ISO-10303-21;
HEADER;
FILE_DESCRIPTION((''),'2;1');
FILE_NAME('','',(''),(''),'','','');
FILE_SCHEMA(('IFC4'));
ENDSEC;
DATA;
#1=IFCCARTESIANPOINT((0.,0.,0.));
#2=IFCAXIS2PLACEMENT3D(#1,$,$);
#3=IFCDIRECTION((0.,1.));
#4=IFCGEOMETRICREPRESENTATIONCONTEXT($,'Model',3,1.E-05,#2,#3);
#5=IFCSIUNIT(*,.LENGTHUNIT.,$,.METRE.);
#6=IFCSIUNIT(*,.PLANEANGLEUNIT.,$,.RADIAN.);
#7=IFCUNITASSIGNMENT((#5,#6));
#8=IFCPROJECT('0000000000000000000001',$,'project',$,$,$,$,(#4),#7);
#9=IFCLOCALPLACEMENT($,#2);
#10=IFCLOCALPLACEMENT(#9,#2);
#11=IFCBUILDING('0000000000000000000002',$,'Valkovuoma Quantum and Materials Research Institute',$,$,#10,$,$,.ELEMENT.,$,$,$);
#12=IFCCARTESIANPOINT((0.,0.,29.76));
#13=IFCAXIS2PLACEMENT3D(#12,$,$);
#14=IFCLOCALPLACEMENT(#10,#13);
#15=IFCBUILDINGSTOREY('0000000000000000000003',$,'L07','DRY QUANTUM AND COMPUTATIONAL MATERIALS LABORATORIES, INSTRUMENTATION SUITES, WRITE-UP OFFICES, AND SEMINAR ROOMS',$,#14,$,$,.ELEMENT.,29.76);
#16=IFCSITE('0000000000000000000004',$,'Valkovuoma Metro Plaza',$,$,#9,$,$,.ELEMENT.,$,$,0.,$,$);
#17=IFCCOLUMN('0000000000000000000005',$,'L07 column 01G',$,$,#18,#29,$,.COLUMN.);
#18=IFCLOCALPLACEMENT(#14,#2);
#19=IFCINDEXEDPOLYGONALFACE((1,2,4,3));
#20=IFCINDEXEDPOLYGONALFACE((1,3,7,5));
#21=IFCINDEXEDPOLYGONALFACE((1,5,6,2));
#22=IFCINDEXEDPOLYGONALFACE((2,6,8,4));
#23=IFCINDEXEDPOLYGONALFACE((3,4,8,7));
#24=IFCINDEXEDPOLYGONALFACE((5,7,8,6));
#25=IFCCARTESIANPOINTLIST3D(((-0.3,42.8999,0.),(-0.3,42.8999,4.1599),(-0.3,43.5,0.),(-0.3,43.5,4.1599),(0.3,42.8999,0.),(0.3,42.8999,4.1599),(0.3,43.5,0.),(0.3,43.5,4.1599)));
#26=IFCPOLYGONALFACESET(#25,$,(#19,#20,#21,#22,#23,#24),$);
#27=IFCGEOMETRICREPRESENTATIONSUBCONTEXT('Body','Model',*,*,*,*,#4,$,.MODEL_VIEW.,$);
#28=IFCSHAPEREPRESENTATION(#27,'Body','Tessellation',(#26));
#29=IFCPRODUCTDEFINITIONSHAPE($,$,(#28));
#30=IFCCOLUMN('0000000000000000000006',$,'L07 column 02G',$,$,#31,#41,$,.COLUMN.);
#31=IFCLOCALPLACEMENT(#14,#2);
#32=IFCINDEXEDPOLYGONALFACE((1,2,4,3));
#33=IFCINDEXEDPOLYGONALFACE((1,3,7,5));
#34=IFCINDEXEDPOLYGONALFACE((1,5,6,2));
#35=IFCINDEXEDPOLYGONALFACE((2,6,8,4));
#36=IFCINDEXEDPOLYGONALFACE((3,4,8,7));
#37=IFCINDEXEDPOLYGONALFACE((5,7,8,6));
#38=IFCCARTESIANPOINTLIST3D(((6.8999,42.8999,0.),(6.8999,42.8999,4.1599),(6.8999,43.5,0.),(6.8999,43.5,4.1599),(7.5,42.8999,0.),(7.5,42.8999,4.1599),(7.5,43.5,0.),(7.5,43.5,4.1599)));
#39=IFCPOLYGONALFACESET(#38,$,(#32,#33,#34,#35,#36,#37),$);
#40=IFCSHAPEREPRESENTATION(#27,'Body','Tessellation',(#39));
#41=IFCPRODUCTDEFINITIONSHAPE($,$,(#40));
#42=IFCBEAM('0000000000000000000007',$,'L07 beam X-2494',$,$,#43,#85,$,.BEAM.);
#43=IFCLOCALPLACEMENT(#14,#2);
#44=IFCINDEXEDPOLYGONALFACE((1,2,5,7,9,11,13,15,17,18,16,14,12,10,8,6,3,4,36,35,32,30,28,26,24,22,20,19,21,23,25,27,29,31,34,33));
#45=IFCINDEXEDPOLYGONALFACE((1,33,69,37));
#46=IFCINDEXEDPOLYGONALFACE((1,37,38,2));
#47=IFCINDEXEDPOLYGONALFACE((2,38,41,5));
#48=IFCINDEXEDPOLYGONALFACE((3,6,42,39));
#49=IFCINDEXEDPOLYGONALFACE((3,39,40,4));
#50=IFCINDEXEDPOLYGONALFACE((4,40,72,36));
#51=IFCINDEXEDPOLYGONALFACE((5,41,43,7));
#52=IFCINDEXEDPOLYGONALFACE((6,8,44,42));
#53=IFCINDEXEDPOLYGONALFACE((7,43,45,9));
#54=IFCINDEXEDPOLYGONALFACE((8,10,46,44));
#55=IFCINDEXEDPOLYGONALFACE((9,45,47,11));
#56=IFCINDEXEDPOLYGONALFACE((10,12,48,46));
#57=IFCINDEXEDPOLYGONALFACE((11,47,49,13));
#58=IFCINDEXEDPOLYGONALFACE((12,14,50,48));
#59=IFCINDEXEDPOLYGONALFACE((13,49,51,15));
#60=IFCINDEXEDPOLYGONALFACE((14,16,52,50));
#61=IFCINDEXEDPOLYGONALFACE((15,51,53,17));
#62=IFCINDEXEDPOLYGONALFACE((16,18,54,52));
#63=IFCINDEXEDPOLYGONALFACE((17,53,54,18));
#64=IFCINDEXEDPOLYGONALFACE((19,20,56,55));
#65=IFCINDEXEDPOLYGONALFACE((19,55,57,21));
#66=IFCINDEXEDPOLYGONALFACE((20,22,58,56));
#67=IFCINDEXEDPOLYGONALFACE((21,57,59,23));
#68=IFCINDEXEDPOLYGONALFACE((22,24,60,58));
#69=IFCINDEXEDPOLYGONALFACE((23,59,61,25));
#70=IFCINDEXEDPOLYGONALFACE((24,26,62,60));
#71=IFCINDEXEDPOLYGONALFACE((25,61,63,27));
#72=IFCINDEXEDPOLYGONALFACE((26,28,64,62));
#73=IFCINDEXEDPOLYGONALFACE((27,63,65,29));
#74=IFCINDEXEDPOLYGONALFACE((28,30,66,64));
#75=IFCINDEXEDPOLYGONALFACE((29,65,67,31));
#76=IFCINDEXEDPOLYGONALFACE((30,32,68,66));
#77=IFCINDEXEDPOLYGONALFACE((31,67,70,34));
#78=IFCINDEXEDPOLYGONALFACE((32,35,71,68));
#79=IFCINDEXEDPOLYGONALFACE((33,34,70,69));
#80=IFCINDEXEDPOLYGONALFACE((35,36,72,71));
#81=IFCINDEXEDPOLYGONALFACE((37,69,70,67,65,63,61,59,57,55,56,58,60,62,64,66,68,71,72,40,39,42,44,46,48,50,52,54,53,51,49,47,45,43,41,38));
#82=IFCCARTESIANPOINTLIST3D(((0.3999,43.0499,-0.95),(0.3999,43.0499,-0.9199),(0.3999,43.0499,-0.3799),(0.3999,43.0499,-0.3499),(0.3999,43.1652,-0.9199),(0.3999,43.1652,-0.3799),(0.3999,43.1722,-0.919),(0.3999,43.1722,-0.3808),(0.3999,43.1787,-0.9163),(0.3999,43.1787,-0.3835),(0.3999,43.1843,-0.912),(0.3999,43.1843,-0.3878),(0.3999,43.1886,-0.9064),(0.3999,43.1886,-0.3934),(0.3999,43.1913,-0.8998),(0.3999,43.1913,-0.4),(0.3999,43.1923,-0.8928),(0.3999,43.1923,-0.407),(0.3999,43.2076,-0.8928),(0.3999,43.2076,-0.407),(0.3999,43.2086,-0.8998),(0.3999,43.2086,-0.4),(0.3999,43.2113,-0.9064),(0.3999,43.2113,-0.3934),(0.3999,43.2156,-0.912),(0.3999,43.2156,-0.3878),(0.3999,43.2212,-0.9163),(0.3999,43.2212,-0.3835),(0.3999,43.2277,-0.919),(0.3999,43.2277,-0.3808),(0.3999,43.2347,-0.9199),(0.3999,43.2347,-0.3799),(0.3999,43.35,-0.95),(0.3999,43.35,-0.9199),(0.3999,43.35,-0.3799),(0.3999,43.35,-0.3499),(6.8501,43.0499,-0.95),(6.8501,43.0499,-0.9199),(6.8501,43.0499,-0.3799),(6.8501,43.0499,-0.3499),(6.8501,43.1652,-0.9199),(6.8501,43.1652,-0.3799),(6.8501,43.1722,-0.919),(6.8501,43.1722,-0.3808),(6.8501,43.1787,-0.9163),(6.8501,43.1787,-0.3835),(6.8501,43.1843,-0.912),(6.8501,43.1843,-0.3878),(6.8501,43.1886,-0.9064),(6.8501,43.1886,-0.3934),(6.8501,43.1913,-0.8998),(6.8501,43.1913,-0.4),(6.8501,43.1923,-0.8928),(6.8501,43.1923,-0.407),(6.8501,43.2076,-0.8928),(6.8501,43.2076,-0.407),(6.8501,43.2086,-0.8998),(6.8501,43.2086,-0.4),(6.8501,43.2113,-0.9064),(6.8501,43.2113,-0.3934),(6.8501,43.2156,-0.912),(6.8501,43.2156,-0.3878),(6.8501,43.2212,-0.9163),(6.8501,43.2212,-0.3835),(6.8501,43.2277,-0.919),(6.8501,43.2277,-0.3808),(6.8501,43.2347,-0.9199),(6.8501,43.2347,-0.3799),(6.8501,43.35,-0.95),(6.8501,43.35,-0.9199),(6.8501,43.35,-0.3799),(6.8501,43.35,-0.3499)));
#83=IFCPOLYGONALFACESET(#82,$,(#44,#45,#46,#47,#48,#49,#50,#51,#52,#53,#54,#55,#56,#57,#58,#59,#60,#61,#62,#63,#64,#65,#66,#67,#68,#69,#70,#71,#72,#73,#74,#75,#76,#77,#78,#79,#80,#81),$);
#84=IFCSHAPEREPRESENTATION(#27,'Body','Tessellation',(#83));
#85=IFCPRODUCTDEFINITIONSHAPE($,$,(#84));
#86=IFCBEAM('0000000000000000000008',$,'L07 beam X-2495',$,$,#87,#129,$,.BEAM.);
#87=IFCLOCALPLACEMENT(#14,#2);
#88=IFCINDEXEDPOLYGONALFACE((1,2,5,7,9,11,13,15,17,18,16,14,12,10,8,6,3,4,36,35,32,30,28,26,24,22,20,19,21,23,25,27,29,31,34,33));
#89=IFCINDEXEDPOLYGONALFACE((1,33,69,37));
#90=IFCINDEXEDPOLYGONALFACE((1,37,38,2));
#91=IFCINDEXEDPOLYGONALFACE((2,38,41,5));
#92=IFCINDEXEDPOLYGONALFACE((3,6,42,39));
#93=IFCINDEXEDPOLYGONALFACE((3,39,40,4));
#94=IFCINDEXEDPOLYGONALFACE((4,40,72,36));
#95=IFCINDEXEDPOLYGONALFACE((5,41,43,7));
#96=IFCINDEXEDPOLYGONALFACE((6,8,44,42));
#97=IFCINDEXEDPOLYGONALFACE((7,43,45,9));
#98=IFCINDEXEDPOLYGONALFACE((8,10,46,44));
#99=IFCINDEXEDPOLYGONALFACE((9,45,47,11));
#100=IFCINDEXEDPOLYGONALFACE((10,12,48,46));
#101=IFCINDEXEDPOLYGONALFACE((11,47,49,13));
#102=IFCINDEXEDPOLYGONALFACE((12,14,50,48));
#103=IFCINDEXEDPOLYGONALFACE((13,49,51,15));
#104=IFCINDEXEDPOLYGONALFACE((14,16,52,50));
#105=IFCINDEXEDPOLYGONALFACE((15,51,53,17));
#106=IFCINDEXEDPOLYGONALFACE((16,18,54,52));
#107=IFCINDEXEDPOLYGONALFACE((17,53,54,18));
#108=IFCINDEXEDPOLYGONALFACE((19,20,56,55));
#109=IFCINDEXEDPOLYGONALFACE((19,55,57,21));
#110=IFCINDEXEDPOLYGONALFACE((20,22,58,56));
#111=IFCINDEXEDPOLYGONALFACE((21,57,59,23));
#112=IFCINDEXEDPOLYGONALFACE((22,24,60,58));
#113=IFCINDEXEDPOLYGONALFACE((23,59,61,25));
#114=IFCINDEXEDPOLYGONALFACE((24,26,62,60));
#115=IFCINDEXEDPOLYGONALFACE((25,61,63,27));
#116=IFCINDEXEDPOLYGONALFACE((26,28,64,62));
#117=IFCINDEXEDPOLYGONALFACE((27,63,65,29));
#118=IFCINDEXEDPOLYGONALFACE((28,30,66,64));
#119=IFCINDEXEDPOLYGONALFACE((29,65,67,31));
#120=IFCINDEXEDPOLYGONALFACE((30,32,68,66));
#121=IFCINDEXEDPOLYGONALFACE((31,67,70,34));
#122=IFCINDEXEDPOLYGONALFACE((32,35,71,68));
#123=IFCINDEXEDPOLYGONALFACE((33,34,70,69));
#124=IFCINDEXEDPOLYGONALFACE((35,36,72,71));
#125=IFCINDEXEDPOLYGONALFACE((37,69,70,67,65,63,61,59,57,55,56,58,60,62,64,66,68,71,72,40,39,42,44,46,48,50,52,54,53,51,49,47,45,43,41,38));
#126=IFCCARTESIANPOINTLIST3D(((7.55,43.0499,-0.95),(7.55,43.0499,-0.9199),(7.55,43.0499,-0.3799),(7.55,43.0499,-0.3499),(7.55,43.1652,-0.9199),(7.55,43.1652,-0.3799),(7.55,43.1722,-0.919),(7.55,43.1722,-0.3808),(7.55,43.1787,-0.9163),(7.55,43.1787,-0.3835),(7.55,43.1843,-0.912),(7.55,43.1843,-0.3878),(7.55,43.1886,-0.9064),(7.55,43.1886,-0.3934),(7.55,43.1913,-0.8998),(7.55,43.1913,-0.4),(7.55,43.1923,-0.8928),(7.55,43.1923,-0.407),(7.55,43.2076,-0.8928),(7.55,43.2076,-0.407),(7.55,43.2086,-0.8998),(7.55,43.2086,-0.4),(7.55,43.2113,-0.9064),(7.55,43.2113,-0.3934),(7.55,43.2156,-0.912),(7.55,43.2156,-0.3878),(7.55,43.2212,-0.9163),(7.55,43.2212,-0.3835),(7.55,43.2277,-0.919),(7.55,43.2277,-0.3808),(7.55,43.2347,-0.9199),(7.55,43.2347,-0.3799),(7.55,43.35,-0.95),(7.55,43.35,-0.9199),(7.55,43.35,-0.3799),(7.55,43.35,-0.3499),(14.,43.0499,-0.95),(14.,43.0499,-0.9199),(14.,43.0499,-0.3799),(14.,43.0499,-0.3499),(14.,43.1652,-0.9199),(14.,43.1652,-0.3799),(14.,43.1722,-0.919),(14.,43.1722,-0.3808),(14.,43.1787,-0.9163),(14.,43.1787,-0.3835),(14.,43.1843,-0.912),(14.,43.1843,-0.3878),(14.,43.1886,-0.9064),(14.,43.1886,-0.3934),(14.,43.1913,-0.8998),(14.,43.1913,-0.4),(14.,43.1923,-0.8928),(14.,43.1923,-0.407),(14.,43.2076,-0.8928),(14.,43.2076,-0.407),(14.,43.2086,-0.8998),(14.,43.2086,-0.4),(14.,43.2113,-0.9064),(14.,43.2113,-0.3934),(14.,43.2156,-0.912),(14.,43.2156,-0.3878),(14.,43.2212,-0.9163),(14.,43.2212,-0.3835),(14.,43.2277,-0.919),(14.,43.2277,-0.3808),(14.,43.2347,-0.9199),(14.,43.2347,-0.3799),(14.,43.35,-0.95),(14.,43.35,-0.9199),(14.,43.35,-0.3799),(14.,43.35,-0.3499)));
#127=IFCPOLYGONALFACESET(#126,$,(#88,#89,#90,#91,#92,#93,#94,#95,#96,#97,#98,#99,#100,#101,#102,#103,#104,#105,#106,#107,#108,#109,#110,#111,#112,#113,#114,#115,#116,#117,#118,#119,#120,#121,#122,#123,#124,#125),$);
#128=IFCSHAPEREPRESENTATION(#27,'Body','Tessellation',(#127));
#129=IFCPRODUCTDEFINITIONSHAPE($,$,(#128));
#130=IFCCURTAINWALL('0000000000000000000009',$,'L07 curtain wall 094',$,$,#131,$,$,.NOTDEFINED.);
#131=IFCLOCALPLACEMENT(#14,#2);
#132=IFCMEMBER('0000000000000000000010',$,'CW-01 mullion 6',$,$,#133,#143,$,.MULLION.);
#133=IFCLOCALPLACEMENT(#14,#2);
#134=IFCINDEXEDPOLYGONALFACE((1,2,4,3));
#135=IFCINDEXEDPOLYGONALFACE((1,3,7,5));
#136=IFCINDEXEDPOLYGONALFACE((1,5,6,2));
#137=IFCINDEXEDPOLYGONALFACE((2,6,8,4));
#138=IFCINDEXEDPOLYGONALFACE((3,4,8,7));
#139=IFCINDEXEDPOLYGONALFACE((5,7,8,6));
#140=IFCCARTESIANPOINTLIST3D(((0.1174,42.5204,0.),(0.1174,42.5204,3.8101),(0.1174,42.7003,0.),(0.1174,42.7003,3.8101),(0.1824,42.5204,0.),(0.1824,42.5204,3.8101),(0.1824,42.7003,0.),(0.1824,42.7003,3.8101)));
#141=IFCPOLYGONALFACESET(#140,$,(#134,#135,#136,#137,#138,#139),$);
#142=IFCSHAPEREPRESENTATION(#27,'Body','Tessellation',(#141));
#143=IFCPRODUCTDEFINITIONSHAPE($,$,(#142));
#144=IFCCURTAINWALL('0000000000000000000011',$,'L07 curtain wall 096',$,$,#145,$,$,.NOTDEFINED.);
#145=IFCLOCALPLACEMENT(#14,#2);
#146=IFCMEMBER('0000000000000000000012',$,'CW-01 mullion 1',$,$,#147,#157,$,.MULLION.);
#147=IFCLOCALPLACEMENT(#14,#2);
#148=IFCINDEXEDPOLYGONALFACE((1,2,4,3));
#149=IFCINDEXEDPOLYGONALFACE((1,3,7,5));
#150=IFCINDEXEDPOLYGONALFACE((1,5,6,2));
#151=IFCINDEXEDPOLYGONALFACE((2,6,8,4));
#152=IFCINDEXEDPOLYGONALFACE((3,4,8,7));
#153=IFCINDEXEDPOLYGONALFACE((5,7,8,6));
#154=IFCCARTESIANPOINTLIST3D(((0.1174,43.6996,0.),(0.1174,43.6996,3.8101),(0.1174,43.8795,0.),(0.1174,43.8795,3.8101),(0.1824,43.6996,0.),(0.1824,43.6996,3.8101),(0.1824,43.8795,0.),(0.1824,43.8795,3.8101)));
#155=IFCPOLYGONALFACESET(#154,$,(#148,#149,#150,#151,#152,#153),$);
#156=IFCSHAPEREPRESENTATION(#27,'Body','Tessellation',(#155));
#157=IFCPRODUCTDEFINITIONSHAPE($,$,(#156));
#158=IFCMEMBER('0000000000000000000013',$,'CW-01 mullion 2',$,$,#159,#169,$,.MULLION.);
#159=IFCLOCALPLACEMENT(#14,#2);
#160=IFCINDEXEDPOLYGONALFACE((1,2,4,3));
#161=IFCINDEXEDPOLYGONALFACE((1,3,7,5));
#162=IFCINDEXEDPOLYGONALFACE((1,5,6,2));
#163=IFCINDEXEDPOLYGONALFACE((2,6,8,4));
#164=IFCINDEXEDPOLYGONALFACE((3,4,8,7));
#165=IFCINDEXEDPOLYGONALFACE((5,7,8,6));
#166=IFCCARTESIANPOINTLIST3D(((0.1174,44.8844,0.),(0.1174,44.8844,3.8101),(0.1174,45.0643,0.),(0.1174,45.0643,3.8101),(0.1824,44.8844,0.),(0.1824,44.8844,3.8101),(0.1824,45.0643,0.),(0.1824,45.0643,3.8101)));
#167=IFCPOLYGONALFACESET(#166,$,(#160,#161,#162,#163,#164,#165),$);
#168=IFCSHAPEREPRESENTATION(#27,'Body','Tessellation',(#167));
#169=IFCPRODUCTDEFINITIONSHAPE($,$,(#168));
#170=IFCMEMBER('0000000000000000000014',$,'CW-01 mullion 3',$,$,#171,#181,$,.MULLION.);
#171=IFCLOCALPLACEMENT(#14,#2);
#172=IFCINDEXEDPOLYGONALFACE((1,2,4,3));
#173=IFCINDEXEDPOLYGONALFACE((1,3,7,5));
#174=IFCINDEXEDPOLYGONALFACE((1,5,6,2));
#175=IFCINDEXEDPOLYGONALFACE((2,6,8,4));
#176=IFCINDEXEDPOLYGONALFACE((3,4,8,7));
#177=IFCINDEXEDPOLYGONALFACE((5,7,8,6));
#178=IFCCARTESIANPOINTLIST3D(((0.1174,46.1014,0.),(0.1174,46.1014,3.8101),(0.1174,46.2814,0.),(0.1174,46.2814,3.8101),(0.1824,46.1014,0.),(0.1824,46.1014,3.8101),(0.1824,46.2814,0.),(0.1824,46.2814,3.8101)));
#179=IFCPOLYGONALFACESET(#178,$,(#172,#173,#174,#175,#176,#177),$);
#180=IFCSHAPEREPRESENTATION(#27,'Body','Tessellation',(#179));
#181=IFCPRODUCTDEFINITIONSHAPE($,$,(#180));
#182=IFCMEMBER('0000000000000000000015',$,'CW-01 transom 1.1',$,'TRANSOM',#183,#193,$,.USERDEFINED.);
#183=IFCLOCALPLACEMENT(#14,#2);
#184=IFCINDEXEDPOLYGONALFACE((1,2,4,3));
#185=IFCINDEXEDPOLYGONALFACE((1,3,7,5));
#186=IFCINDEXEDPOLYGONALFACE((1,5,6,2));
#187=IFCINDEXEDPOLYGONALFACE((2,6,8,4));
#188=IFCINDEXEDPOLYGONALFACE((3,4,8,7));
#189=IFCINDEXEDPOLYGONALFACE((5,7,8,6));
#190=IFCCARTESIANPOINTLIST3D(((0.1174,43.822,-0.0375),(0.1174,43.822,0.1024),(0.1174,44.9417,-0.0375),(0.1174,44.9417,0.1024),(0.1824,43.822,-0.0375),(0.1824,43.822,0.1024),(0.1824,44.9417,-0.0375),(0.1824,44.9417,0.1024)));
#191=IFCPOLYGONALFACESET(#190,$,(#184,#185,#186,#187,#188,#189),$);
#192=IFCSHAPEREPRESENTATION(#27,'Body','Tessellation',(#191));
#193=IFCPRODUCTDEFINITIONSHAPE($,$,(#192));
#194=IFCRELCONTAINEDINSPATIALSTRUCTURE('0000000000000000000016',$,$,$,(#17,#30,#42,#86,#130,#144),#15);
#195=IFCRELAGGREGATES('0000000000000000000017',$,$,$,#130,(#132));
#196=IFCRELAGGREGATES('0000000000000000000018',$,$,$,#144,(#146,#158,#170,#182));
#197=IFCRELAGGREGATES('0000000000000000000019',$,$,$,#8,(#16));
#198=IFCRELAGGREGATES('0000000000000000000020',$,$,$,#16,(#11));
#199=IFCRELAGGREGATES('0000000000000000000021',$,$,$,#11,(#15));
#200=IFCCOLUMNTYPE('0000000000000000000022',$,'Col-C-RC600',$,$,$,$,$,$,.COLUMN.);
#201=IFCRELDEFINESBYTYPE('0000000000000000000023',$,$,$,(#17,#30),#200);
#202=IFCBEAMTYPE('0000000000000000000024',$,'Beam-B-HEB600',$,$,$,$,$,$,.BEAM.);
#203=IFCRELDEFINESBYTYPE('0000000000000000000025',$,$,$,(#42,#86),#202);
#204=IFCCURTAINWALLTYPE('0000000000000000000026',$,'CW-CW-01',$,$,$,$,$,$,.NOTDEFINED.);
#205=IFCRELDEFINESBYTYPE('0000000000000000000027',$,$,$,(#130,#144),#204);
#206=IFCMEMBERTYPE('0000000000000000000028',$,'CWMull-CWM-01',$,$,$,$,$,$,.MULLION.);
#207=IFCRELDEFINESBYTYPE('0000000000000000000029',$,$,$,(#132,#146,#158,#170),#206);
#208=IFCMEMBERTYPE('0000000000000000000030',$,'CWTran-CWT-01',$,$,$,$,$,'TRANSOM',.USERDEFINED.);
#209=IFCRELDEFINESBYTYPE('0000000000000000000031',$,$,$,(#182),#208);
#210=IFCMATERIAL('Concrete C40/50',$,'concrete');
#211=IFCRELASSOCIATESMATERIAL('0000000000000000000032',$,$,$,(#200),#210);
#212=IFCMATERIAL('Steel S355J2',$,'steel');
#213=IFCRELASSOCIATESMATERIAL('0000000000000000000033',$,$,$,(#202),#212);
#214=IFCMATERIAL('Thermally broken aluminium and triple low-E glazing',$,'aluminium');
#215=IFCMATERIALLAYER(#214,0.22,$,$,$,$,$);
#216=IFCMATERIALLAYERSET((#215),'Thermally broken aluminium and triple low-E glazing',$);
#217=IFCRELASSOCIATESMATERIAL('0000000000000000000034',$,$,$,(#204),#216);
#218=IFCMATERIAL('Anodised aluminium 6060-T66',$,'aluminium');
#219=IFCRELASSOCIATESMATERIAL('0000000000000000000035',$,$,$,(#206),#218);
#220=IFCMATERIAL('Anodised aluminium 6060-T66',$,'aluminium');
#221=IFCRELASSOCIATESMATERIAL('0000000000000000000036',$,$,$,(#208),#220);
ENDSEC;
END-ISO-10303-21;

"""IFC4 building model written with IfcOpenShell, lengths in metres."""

from ifc_helpers import new_model, si_unit, direction, frame, origin, origin_2d, place, context, subcontext, project, spatial, rectangle, i_section, extrude, material, layer, layer_set, material_profile, profile_set, type_object, element, aggregate, save


model = new_model("IFC4")

# Units and contexts
model_context = context("Model", 3, precision=1e-05, world=origin(), true_north=direction((0.0, 1.0)))
body_context = subcontext(model_context, "Body", "Model", "MODEL_VIEW")
ifc_project = project(units=[si_unit("LENGTHUNIT", "METRE"), si_unit("PLANEANGLEUNIT", "RADIAN")], contexts=[model_context])

# Site, building, storey
site_placement = place(None, origin())
site = spatial("IfcSite", under=ifc_project, at=site_placement, Name="Valkovuoma Metro Plaza", CompositionType="ELEMENT", RefElevation=0.0)
building_placement = place(site_placement, origin())
building = spatial("IfcBuilding", under=site, at=building_placement, Name="Valkovuoma Quantum and Materials Research Institute", CompositionType="ELEMENT")
storey_placement = place(building_placement, frame((0.0, 0.0, 29.76)))
storey = spatial("IfcBuildingStorey", under=building, at=storey_placement, Name="L07", Description="DRY QUANTUM AND COMPUTATIONAL MATERIALS LABORATORIES, INSTRUMENTATION SUITES, WRITE-UP OFFICES, AND SEMINAR ROOMS", CompositionType="ELEMENT", Elevation=29.76)

# Columns
ifc_material_1 = material(Name="Concrete C40/50", Category="concrete")
ifc_material_profile_1 = material_profile(ifc_material_1, rectangle(XDim=0.6001, YDim=0.6001, at=origin_2d()), Name="Concrete C40/50")
ifc_profile_set_1 = profile_set([ifc_material_profile_1], Name="Concrete C40/50")
column_type = type_object("IfcColumnType", Name="Col-C-RC600", PredefinedType="COLUMN", material=ifc_profile_set_1)
for number, where, z_axis, x_axis, name in (
    (1, (0.0, 43.2, 0.0), (0.0, 0.0, 1.0), (1.0, 0.0, 0.0), "L07 column 01G"),
    (2, (7.2, 43.2, 0.0), (0.0, 0.0, 1.0), (1.0, 0.0, 0.0), "L07 column 02G"),
):
    element("IfcColumn", number, at=place(storey_placement, frame(where, z_axis=z_axis, x_axis=x_axis)), inside=storey, type_object=column_type, Name=name, PredefinedType="COLUMN", context=body_context, shape_type="SweptSolid", body=[
        extrude(rectangle(XDim=0.6001, YDim=0.6001, at=origin_2d()), origin(), (0.0, 0.0, 1.0), 4.1599),
    ])

# Beams
ifc_material_2 = material(Name="Steel S355J2", Category="steel")
ifc_material_profile_2 = material_profile(ifc_material_2, i_section(OverallWidth=0.3, OverallDepth=0.6001, WebThickness=0.0154, FlangeThickness=0.03, FilletRadius=0.0271, at=origin_2d()), Name="Steel S355J2")
ifc_profile_set_2 = profile_set([ifc_material_profile_2], Name="Steel S355J2")
beam_type = type_object("IfcBeamType", Name="Beam-B-HEB600", PredefinedType="BEAM", material=ifc_profile_set_2)
beam_1_placement = place(storey_placement, frame((0.3999, 43.2, -0.6499), z_axis=(1.0, 0.0, 0.0), x_axis=(0.0, 1.0, 0.0)))
element("IfcBeam", 3, at=beam_1_placement, inside=storey, type_object=beam_type, Name="L07 beam X-2494", PredefinedType="BEAM", context=body_context, shape_type="SweptSolid", body=[
    extrude(i_section(OverallWidth=0.3, OverallDepth=0.6001, WebThickness=0.0154, FlangeThickness=0.03, FilletRadius=0.0271, at=origin_2d()), origin(), (0.0, 0.0, 1.0), 6.4502),
])
beam_2_placement = place(storey_placement, frame((7.55, 43.2, -0.6499), z_axis=(1.0, 0.0, 0.0), x_axis=(0.0, 1.0, 0.0)))
element("IfcBeam", 4, at=beam_2_placement, inside=storey, type_object=beam_type, Name="L07 beam X-2495", PredefinedType="BEAM", context=body_context, shape_type="SweptSolid", body=[
    extrude(i_section(OverallWidth=0.3, OverallDepth=0.6001, WebThickness=0.0154, FlangeThickness=0.03, FilletRadius=0.0271, at=origin_2d()), origin(), (0.0, 0.0, 1.0), 6.45),
])

# Curtain wall, member
ifc_material_3 = material(Name="Thermally broken aluminium and triple low-E glazing", Category="aluminium")
ifc_layer_1 = layer(ifc_material_3, 0.22)
ifc_layer_set_1 = layer_set([ifc_layer_1], Name="Thermally broken aluminium and triple low-E glazing")
curtain_wall_type = type_object("IfcCurtainWallType", Name="CW-CW-01", PredefinedType="NOTDEFINED", material=ifc_layer_set_1)
curtain_wall_1_placement = place(storey_placement, origin())
curtain_wall_1 = element("IfcCurtainWall", 5, at=curtain_wall_1_placement, inside=storey, type_object=curtain_wall_type, Name="L07 curtain wall 094", PredefinedType="NOTDEFINED")
ifc_material_4 = material(Name="Anodised aluminium 6060-T66", Category="aluminium")
ifc_material_profile_3 = material_profile(ifc_material_4, rectangle(XDim=0.0649, YDim=0.1799, at=origin_2d()), Name="Anodised aluminium 6060-T66")
ifc_profile_set_3 = profile_set([ifc_material_profile_3], Name="Anodised aluminium 6060-T66")
member_type_1 = type_object("IfcMemberType", Name="CWMull-CWM-01", PredefinedType="MULLION", material=ifc_profile_set_3)
member_1_placement = place(storey_placement, frame((0.1499, 42.6104, 0.0), z_axis=(0.0, 0.0, 1.0), x_axis=(-1.0, 0.0, 0.0)))
member_1 = element("IfcMember", 6, at=member_1_placement, type_object=member_type_1, Name="CW-01 mullion 6", PredefinedType="MULLION", context=body_context, shape_type="SweptSolid", body=[
    extrude(rectangle(XDim=0.0649, YDim=0.1799, at=origin_2d()), origin(), (0.0, 0.0, 1.0), 3.8101),
])

# Curtain wall, members
curtain_wall_2_placement = place(storey_placement, origin())
curtain_wall_2 = element("IfcCurtainWall", 7, at=curtain_wall_2_placement, inside=storey, type_object=curtain_wall_type, Name="L07 curtain wall 096", PredefinedType="NOTDEFINED")
member_2_placement = place(storey_placement, frame((0.1499, 43.7896, 0.0), z_axis=(0.0, 0.0, 1.0), x_axis=(-1.0, 0.0, 0.0)))
member_2 = element("IfcMember", 8, at=member_2_placement, type_object=member_type_1, Name="CW-01 mullion 1", PredefinedType="MULLION", context=body_context, shape_type="SweptSolid", body=[
    extrude(rectangle(XDim=0.0649, YDim=0.1799, at=origin_2d()), origin(), (0.0, 0.0, 1.0), 3.8101),
])
member_3_placement = place(storey_placement, frame((0.1499, 44.9744, 0.0), z_axis=(0.0, 0.0, 1.0), x_axis=(-1.0, 0.0, 0.0)))
member_3 = element("IfcMember", 9, at=member_3_placement, type_object=member_type_1, Name="CW-01 mullion 2", PredefinedType="MULLION", context=body_context, shape_type="SweptSolid", body=[
    extrude(rectangle(XDim=0.0649, YDim=0.1799, at=origin_2d()), origin(), (0.0, 0.0, 1.0), 3.8101),
])
member_4_placement = place(storey_placement, frame((0.1499, 46.1914, 0.0), z_axis=(0.0, 0.0, 1.0), x_axis=(-1.0, 0.0, 0.0)))
member_4 = element("IfcMember", 10, at=member_4_placement, type_object=member_type_1, Name="CW-01 mullion 3", PredefinedType="MULLION", context=body_context, shape_type="SweptSolid", body=[
    extrude(rectangle(XDim=0.0649, YDim=0.1799, at=origin_2d()), origin(), (0.0, 0.0, 1.0), 3.8101),
])
ifc_material_5 = material(Name="Anodised aluminium 6060-T66", Category="aluminium")
ifc_material_profile_4 = material_profile(ifc_material_5, rectangle(XDim=0.0649, YDim=0.1399, at=origin_2d()), Name="Anodised aluminium 6060-T66")
ifc_profile_set_4 = profile_set([ifc_material_profile_4], Name="Anodised aluminium 6060-T66")
member_type_2 = type_object("IfcMemberType", Name="CWTran-CWT-01", ElementType="TRANSOM", PredefinedType="USERDEFINED", material=ifc_profile_set_4)
member_5_placement = place(storey_placement, frame((0.1499, 43.822, 0.0325), z_axis=(0.0, 1.0, 0.0), x_axis=(-1.0, 0.0, 0.0)))
member_5 = element("IfcMember", 11, at=member_5_placement, type_object=member_type_2, Name="CW-01 transom 1.1", ObjectType="TRANSOM", PredefinedType="USERDEFINED", context=body_context, shape_type="SweptSolid", body=[
    extrude(rectangle(XDim=0.0649, YDim=0.1399, at=origin_2d()), origin(), (0.0, 0.0, 1.0), 1.1196),
])

aggregate(curtain_wall_1, [member_1])
aggregate(curtain_wall_2, [member_2, member_3, member_4, member_5])

save(model, "model.ifc")
